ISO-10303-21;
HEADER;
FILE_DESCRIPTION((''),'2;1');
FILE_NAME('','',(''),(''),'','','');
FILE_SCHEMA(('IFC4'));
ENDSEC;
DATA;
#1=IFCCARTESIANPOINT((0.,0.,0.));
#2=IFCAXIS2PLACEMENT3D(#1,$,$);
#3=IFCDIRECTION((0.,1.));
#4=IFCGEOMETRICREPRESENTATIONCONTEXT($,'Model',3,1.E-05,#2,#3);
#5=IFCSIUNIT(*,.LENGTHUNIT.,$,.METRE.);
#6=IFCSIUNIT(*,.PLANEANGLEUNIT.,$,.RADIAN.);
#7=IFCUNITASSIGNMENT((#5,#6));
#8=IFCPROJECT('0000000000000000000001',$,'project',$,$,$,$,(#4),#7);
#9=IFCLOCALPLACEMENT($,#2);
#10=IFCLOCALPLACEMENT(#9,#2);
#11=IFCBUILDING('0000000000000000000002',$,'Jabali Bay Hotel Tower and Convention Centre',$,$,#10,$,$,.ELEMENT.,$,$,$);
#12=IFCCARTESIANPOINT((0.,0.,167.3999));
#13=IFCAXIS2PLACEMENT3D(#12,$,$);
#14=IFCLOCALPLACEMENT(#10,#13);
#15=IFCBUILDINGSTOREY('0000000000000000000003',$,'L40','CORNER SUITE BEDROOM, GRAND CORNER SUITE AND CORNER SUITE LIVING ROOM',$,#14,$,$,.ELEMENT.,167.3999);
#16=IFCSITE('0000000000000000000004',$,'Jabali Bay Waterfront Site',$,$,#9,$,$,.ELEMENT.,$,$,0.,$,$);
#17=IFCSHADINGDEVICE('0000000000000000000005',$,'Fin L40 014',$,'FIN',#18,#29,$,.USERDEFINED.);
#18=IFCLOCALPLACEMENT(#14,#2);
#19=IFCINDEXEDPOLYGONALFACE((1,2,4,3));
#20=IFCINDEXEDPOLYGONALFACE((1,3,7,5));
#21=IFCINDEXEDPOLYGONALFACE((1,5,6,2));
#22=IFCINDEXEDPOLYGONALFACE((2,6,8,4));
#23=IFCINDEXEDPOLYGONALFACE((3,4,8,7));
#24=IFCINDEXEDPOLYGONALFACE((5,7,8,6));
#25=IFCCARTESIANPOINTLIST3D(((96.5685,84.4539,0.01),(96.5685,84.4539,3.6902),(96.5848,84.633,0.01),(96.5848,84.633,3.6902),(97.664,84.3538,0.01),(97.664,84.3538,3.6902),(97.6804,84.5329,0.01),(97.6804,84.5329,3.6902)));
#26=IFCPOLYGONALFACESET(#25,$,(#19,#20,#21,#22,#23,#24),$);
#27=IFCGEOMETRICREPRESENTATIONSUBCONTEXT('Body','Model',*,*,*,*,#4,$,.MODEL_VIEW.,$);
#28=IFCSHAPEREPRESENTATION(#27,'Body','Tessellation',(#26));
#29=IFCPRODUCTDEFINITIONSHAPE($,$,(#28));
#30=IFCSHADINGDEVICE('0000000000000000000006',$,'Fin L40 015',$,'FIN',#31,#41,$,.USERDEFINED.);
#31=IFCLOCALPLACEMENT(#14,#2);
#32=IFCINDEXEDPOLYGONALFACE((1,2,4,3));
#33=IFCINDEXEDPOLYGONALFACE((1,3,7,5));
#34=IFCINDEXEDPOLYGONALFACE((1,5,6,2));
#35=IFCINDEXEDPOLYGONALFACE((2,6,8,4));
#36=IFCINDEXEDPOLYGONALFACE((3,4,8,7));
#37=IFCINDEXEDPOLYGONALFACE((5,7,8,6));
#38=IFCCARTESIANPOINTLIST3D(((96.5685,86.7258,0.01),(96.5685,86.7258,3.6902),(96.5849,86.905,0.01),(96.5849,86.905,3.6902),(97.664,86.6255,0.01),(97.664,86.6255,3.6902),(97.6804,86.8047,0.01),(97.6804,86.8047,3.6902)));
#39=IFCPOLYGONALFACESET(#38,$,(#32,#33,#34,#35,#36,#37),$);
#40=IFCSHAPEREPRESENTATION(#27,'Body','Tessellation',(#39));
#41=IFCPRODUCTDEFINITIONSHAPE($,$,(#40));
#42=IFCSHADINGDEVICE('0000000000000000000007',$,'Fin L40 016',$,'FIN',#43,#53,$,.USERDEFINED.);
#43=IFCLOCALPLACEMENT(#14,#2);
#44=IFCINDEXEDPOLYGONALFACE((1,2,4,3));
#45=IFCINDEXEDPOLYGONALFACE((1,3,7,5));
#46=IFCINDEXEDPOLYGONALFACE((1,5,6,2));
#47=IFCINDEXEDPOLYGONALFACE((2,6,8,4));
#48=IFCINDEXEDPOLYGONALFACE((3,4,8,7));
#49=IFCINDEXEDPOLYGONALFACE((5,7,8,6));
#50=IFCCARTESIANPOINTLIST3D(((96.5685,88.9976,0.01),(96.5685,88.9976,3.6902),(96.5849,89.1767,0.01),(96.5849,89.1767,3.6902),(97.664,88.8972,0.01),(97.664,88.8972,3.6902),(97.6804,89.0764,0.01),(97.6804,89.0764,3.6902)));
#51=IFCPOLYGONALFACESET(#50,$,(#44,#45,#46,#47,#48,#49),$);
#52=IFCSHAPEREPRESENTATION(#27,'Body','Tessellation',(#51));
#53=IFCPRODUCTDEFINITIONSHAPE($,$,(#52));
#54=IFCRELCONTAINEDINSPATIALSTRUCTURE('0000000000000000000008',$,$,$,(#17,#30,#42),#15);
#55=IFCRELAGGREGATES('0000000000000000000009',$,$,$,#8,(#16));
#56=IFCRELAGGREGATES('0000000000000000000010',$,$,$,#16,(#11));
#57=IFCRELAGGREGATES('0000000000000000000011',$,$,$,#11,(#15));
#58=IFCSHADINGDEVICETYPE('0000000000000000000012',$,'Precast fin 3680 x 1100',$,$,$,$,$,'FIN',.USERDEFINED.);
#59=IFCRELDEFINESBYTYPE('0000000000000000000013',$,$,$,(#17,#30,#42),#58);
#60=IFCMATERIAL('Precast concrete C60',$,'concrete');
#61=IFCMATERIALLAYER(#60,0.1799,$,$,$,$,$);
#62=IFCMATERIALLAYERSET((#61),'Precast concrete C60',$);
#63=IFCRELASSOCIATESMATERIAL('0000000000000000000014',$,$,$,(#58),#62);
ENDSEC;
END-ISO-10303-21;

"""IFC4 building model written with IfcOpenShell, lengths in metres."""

from ifc_helpers import new_model, si_unit, direction, frame, frame_2d, origin, place, context, subcontext, project, spatial, rectangle, extrude, material, layer, layer_set, type_object, element, save


model = new_model("IFC4")

# Units and contexts
model_context = context("Model", 3, precision=1e-05, world=origin(), true_north=direction((0.0, 1.0)))
body_context = subcontext(model_context, "Body", "Model", "MODEL_VIEW")
ifc_project = project(units=[si_unit("LENGTHUNIT", "METRE"), si_unit("PLANEANGLEUNIT", "RADIAN")], contexts=[model_context])

# Site, building, storey
site_placement = place(None, origin())
site = spatial("IfcSite", under=ifc_project, at=site_placement, Name="Jabali Bay Waterfront Site", CompositionType="ELEMENT", RefElevation=0.0)
building_placement = place(site_placement, origin())
building = spatial("IfcBuilding", under=site, at=building_placement, Name="Jabali Bay Hotel Tower and Convention Centre", CompositionType="ELEMENT")
storey_placement = place(building_placement, frame((0.0, 0.0, 167.3999)))
storey = spatial("IfcBuildingStorey", under=building, at=storey_placement, Name="L40", Description="CORNER SUITE BEDROOM, GRAND CORNER SUITE AND CORNER SUITE LIVING ROOM", CompositionType="ELEMENT", Elevation=167.3999)

# Shading devices
ifc_material_1 = material(Name="Precast concrete C60", Category="concrete")
ifc_layer_1 = layer(ifc_material_1, 0.1799)
ifc_layer_set_1 = layer_set([ifc_layer_1], Name="Precast concrete C60")
shading_device_type = type_object("IfcShadingDeviceType", Name="Precast fin 3680 x 1100", ElementType="FIN", PredefinedType="USERDEFINED", material=ifc_layer_set_1)
for number, where, z_axis, x_axis, name in (
    (1, (96.5767, 84.5435, 0.01), (0.0, 0.0, 1.0), (0.995851, -0.090996, 0.0), "Fin L40 014"),
    (2, (96.5767, 86.8154, 0.01), (0.0, 0.0, 1.0), (0.995831, -0.091216, 0.0), "Fin L40 015"),
    (3, (96.5767, 89.0872, 0.01), (0.0, 0.0, 1.0), (0.995831, -0.091216, 0.0), "Fin L40 016"),
):
    element("IfcShadingDevice", number, at=place(storey_placement, frame(where, z_axis=z_axis, x_axis=x_axis)), inside=storey, type_object=shading_device_type, Name=name, ObjectType="FIN", PredefinedType="USERDEFINED", context=body_context, shape_type="SweptSolid", body=[
        extrude(rectangle(XDim=1.1001, YDim=0.1799, at=frame_2d((0.55, 0.0))), origin(), (0.0, 0.0, 1.0), 3.6802),
    ])

save(model, "model.ifc")
